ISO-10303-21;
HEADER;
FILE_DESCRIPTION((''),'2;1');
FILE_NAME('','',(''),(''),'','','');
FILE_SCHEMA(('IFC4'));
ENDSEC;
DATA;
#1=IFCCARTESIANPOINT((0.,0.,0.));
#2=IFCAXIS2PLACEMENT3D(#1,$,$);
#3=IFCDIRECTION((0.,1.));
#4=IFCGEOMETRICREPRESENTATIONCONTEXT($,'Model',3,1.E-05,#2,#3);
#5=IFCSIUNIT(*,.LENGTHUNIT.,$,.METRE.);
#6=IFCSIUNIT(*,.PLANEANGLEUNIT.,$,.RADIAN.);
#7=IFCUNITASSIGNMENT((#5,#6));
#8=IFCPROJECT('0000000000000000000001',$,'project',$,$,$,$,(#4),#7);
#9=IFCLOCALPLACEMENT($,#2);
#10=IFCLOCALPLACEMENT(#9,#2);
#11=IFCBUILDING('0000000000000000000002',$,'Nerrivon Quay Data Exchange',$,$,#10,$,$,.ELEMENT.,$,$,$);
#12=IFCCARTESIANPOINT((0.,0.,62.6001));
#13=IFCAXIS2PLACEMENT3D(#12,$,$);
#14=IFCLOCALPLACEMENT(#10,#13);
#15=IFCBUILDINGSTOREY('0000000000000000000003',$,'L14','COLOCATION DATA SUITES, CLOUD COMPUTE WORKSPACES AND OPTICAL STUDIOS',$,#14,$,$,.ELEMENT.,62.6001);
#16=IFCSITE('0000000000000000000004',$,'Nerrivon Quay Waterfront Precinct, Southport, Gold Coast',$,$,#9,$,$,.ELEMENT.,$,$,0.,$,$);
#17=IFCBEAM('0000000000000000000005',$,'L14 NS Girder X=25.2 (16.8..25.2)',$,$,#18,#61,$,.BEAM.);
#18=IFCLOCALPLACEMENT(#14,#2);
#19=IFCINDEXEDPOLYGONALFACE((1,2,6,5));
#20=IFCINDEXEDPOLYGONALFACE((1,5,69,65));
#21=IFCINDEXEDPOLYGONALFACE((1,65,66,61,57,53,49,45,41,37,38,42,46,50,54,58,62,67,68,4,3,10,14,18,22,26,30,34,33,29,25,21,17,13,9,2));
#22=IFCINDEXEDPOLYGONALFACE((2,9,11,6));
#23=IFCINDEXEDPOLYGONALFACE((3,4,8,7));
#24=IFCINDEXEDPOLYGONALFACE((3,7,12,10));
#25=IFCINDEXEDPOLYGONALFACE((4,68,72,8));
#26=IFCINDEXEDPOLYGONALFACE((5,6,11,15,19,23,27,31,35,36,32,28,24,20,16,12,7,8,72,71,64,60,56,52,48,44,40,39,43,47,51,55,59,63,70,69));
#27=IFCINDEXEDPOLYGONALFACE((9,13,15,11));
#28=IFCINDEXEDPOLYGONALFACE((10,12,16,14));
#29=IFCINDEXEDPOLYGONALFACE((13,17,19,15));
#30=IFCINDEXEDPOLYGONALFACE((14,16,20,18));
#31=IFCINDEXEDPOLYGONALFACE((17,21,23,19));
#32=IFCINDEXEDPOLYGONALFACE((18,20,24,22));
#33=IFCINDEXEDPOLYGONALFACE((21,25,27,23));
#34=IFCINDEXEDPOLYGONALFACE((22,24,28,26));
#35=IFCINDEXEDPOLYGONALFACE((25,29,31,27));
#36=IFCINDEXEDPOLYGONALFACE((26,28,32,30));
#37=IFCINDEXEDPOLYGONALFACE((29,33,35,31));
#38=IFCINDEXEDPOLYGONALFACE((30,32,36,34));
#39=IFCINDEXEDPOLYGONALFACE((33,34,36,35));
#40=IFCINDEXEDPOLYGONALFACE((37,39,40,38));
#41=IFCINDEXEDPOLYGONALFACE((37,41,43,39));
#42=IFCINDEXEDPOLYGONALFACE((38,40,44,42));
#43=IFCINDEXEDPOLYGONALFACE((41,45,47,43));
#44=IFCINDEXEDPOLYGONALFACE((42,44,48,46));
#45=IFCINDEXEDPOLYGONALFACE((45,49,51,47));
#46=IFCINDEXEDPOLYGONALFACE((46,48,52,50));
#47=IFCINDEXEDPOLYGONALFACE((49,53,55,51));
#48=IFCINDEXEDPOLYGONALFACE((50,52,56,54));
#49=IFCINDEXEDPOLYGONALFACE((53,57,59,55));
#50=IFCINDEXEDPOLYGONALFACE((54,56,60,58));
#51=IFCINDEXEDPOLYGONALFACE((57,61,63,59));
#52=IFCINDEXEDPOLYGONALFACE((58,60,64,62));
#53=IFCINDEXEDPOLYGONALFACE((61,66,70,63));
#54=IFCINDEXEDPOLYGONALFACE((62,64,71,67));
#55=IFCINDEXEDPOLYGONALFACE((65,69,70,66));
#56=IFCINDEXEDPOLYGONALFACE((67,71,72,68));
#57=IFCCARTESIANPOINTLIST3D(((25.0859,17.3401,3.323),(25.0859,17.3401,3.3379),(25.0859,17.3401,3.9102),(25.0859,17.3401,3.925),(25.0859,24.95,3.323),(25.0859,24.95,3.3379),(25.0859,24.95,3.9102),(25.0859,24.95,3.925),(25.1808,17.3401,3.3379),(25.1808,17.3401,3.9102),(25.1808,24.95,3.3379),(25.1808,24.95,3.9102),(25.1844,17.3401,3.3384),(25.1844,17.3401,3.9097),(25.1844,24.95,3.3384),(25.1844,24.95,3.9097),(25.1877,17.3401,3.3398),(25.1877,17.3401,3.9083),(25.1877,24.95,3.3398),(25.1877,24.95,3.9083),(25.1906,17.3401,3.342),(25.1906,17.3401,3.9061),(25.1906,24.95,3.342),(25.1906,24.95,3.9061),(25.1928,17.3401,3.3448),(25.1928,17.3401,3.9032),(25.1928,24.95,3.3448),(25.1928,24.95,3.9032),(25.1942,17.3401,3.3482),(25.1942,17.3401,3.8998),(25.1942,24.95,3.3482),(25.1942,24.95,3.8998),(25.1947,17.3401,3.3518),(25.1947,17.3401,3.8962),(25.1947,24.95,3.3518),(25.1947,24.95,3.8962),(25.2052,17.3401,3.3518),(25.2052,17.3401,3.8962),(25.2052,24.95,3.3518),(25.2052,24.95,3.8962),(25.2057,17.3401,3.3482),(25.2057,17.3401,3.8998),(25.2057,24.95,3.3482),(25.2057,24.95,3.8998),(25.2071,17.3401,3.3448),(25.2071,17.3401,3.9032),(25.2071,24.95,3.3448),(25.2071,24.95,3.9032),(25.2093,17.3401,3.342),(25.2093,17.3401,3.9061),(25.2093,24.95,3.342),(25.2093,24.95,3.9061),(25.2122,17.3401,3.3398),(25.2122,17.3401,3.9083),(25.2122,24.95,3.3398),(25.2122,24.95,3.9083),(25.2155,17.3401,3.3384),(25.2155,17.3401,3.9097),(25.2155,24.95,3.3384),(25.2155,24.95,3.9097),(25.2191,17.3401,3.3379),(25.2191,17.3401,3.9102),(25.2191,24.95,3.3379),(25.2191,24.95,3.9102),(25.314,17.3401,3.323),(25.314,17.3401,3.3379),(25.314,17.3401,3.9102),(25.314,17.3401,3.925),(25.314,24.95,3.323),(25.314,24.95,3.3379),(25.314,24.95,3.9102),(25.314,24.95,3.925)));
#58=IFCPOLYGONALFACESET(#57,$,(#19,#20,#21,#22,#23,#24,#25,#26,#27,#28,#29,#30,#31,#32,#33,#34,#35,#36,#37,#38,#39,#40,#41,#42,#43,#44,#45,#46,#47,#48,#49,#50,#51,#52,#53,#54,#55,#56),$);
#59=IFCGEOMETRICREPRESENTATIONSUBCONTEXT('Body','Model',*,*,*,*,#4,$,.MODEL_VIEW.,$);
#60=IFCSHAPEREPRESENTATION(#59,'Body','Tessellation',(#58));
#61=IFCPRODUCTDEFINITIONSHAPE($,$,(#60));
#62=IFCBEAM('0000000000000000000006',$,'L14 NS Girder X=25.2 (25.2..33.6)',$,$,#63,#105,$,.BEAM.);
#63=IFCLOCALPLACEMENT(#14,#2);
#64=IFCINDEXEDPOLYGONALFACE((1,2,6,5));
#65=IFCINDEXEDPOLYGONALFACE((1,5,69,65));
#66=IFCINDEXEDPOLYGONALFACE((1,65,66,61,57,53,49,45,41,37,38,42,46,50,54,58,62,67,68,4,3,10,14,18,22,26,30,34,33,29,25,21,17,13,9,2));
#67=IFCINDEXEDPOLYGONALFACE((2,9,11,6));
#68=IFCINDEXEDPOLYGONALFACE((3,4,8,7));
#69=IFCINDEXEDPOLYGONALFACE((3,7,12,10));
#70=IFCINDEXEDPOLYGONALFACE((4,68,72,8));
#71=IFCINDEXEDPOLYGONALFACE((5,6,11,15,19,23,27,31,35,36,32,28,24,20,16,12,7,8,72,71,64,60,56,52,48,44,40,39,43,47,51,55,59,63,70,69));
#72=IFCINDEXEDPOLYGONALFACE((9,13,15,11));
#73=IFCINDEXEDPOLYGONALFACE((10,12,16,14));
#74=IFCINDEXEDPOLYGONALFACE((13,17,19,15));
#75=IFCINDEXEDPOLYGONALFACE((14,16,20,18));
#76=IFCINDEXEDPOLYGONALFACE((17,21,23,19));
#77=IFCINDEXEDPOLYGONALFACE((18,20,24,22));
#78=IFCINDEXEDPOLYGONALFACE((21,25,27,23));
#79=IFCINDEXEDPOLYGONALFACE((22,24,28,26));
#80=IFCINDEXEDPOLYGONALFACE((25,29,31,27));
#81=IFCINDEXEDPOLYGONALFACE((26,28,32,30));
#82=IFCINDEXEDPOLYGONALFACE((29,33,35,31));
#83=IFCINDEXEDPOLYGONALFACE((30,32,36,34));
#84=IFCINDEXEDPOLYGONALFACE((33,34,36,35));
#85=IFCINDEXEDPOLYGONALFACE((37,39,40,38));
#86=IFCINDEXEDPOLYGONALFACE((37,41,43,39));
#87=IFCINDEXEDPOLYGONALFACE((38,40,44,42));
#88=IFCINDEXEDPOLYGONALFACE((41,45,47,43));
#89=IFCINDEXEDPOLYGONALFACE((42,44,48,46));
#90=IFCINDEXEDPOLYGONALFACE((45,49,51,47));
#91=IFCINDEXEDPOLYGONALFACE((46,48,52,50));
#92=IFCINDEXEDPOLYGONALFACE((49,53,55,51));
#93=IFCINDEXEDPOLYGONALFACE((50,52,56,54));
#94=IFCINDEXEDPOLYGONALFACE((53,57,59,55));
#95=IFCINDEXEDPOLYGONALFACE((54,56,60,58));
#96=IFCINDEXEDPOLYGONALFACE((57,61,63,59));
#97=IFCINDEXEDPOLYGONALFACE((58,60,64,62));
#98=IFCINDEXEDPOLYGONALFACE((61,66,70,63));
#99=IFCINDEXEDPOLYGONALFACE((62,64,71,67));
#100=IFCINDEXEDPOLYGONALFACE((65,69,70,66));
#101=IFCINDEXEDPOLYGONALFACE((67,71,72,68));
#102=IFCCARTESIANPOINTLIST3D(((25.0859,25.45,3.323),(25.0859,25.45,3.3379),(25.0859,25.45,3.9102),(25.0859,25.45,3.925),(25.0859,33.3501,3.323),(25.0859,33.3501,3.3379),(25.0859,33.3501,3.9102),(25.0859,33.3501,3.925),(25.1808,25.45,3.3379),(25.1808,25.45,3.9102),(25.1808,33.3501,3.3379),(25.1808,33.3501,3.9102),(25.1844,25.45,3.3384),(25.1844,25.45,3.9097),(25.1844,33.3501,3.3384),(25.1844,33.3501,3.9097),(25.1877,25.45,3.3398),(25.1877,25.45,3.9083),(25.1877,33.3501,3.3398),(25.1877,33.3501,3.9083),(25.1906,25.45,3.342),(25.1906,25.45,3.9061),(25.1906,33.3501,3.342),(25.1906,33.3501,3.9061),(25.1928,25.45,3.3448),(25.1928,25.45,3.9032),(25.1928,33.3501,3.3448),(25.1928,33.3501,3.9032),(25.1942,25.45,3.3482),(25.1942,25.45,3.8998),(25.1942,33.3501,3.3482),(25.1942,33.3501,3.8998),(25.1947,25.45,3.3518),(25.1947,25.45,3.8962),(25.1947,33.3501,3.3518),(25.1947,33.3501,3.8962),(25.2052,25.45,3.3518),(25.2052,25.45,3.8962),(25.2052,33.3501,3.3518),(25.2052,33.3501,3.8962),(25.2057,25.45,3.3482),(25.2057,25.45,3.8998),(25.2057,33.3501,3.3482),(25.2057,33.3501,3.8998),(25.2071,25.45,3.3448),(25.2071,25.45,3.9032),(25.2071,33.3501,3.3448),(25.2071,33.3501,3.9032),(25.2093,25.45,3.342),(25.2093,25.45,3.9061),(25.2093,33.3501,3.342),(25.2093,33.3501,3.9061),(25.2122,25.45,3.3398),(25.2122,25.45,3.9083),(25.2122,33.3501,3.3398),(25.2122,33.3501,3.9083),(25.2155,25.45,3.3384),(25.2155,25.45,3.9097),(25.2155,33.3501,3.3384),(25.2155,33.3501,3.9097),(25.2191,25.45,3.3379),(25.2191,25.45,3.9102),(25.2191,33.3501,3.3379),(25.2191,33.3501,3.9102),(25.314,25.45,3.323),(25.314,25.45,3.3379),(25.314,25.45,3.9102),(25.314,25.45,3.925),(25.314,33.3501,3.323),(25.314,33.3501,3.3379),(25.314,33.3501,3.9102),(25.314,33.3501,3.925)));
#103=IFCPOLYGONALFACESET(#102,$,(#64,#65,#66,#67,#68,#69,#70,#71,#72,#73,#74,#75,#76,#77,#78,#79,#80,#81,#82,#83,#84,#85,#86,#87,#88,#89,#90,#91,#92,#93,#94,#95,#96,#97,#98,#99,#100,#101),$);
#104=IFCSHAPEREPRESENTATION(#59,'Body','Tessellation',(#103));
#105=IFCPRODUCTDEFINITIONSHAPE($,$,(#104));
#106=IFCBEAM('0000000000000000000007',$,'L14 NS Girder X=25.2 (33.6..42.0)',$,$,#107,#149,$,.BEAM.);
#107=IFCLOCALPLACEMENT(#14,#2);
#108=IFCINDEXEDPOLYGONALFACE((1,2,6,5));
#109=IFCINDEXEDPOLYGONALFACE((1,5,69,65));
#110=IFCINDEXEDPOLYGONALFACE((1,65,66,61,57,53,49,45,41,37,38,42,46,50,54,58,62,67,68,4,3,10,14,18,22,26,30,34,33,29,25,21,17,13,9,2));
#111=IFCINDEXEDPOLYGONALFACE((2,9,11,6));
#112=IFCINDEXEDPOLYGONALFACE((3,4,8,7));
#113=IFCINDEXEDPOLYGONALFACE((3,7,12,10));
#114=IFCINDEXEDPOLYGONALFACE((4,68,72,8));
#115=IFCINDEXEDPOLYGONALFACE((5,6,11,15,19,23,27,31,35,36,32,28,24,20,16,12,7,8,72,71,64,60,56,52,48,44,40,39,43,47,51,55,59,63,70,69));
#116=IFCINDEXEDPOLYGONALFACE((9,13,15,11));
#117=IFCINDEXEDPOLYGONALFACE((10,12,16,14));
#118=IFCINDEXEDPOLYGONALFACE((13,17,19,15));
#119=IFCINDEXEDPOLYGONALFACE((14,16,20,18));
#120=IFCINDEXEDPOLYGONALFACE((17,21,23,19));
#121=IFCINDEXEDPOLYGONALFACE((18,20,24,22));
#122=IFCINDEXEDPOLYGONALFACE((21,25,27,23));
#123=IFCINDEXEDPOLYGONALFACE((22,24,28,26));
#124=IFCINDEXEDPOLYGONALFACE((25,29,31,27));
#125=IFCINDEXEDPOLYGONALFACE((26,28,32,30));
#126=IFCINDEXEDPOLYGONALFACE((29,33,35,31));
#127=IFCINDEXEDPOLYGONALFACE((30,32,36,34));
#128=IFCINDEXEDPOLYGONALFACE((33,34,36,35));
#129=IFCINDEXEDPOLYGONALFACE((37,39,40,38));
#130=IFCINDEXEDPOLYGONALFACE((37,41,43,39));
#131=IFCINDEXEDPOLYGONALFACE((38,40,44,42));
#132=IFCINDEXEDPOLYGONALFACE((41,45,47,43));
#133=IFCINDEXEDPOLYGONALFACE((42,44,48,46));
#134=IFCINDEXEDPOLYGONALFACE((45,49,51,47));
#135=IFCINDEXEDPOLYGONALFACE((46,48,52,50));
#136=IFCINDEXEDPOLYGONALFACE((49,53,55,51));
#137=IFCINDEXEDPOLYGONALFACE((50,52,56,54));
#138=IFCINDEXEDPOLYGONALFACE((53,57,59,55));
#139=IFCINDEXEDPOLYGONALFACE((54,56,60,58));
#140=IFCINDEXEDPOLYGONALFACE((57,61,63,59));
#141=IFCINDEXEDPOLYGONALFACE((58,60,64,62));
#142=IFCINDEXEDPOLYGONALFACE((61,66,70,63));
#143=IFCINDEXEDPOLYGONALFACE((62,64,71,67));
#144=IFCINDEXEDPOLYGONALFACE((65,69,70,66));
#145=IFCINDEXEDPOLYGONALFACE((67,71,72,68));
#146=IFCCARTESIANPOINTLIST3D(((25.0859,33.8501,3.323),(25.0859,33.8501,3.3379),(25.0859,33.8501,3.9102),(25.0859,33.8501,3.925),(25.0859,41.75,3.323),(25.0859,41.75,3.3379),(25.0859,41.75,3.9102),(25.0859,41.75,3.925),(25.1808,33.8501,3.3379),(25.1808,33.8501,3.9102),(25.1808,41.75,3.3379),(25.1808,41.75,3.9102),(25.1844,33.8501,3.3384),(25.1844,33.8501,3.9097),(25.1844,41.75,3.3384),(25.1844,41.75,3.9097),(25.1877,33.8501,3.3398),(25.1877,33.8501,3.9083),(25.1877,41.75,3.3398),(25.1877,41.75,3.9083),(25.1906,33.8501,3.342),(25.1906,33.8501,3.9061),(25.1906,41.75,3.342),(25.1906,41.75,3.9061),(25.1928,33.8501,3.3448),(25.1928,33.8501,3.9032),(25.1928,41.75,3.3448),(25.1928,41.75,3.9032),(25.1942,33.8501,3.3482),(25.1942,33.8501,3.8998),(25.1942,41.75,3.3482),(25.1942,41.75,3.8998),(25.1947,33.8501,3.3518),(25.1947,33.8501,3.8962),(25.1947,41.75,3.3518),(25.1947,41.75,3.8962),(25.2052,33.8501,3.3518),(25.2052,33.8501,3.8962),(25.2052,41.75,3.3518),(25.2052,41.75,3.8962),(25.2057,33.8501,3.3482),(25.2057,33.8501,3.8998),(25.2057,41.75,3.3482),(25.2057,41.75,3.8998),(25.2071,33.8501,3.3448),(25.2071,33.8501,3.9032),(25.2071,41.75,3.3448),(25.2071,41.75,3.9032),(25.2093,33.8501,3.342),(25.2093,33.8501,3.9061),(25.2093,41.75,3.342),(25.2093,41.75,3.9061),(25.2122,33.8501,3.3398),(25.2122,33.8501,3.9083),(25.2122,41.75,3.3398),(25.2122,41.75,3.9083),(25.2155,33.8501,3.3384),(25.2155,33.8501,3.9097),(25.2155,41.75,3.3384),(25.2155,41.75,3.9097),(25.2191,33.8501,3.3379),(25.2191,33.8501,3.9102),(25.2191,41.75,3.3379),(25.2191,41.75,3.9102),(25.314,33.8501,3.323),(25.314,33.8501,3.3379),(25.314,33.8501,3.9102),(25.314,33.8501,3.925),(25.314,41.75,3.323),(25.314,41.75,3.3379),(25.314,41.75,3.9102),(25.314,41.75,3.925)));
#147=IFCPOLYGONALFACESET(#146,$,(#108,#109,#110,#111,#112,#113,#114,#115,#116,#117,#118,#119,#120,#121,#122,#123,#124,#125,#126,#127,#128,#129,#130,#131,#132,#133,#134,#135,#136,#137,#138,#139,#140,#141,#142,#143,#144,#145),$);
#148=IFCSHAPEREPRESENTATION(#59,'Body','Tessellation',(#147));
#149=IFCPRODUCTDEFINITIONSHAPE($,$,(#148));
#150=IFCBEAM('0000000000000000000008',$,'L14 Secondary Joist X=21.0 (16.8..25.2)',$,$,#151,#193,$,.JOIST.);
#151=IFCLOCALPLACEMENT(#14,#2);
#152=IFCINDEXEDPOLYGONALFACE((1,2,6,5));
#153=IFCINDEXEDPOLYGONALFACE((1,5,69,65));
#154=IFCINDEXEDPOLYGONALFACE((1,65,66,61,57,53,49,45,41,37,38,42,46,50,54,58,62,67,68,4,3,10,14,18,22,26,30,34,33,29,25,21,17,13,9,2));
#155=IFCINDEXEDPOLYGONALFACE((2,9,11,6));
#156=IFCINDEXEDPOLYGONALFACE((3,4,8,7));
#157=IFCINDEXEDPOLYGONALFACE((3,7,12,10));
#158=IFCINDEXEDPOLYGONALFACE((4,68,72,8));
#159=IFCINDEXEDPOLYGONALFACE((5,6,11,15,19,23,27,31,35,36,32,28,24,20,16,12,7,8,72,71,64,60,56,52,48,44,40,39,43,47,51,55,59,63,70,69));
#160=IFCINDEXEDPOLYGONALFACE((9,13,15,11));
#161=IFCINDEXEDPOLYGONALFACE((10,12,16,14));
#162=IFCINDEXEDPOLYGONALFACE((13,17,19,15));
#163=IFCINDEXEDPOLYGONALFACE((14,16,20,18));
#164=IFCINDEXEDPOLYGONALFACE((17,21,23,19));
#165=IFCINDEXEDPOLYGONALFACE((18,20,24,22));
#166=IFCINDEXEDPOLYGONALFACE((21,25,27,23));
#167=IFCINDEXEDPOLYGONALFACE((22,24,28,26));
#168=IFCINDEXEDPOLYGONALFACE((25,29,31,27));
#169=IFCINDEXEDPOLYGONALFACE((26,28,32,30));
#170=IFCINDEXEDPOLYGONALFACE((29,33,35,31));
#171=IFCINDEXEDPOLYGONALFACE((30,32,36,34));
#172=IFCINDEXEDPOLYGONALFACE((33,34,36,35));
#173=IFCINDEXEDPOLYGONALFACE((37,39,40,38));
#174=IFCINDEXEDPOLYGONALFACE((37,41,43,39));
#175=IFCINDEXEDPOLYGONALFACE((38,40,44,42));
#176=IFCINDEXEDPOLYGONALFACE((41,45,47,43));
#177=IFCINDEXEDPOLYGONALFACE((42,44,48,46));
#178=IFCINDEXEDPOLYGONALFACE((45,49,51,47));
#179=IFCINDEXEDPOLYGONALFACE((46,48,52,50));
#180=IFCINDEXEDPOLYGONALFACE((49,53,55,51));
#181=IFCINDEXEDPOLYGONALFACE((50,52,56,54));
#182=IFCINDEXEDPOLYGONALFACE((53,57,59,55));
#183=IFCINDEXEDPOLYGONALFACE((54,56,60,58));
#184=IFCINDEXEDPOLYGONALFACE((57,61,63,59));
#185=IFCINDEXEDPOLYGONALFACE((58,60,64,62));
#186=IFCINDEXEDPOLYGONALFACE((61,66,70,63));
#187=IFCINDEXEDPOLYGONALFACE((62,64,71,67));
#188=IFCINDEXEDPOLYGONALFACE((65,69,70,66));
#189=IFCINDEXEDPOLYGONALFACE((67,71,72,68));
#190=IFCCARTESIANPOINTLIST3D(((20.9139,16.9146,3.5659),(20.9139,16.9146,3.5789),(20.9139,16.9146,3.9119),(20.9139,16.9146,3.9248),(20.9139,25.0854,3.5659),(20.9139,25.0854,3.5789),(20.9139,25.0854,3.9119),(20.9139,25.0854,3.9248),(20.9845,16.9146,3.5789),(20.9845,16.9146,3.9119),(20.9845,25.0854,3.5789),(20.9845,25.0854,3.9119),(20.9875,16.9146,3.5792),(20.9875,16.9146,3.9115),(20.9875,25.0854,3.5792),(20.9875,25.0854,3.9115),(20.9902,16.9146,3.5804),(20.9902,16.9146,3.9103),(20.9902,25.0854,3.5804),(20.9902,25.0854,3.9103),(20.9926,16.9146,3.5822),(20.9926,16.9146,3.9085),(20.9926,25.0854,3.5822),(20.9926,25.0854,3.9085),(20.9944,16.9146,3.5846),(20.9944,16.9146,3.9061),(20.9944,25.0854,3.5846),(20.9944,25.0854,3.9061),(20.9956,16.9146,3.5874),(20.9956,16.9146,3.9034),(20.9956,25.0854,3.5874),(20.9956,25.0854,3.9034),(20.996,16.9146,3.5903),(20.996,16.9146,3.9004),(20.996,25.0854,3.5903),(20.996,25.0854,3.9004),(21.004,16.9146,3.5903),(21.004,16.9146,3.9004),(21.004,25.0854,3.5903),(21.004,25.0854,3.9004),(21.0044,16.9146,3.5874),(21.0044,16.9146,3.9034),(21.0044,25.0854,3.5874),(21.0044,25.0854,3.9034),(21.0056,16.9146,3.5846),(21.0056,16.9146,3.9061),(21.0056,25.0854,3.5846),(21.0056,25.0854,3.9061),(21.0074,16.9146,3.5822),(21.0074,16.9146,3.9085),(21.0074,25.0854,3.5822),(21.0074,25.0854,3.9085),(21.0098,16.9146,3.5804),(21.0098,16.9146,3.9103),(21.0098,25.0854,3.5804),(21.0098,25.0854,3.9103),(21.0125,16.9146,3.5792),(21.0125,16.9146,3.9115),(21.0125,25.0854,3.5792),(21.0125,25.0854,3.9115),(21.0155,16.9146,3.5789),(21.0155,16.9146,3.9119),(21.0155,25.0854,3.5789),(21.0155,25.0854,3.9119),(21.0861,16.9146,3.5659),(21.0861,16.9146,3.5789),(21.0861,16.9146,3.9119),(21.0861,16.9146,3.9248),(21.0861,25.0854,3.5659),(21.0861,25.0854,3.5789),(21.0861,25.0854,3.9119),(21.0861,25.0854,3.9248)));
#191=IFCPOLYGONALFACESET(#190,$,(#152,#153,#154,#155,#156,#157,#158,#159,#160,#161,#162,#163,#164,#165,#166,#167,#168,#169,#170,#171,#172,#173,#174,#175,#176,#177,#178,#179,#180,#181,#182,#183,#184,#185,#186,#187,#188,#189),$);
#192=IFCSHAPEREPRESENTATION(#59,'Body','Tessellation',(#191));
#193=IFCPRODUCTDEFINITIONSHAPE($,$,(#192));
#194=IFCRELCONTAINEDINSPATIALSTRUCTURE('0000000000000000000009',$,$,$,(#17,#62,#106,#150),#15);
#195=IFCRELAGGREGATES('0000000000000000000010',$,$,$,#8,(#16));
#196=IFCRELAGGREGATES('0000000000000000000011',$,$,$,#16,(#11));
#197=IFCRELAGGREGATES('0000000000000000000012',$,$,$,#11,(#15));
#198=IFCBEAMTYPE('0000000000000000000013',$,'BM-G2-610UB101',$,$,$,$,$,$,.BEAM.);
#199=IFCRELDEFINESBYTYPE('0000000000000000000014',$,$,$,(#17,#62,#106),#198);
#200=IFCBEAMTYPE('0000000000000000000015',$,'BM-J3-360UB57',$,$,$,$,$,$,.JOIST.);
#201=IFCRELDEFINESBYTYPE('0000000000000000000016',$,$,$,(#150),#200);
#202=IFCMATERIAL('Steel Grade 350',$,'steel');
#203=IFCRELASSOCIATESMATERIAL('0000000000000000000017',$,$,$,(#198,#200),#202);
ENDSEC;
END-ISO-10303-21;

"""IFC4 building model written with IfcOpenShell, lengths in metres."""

from ifc_helpers import new_model, si_unit, direction, frame, origin, origin_2d, place, context, subcontext, project, spatial, i_section, extrude, material, material_profile, profile_set, type_object, element, save


model = new_model("IFC4")

# Units and contexts
model_context = context("Model", 3, precision=1e-05, world=origin(), true_north=direction((0.0, 1.0)))
body_context = subcontext(model_context, "Body", "Model", "MODEL_VIEW")
ifc_project = project(units=[si_unit("LENGTHUNIT", "METRE"), si_unit("PLANEANGLEUNIT", "RADIAN")], contexts=[model_context])

# Site, building, storey
site_placement = place(None, origin())
site = spatial("IfcSite", under=ifc_project, at=site_placement, Name="Nerrivon Quay Waterfront Precinct, Southport, Gold Coast", CompositionType="ELEMENT", RefElevation=0.0)
building_placement = place(site_placement, origin())
building = spatial("IfcBuilding", under=site, at=building_placement, Name="Nerrivon Quay Data Exchange", CompositionType="ELEMENT")
storey_placement = place(building_placement, frame((0.0, 0.0, 62.6001)))
storey = spatial("IfcBuildingStorey", under=building, at=storey_placement, Name="L14", Description="COLOCATION DATA SUITES, CLOUD COMPUTE WORKSPACES AND OPTICAL STUDIOS", CompositionType="ELEMENT", Elevation=62.6001)

# Shared definitions
ifc_material_1 = material(Name="Steel Grade 350", Category="steel")

# Beams
ifc_material_profile_1 = material_profile(ifc_material_1, i_section(OverallWidth=0.228, OverallDepth=0.6021, WebThickness=0.0105, FlangeThickness=0.0149, FilletRadius=0.0139, at=origin_2d()), Name="610UB101")
ifc_profile_set_1 = profile_set([ifc_material_profile_1], Name="Steel Grade 350")
beam_type_1 = type_object("IfcBeamType", Name="BM-G2-610UB101", PredefinedType="BEAM", material=ifc_profile_set_1)
beam_1_placement = place(storey_placement, frame((25.2, 17.3401, 3.624), z_axis=(0.0, 1.0, 0.0), x_axis=(-1.0, 0.0, 0.0)))
element("IfcBeam", 1, at=beam_1_placement, inside=storey, type_object=beam_type_1, Name="L14 NS Girder X=25.2 (16.8..25.2)", PredefinedType="BEAM", context=body_context, shape_type="SweptSolid", body=[
    extrude(i_section(OverallWidth=0.228, OverallDepth=0.6021, WebThickness=0.0105, FlangeThickness=0.0149, FilletRadius=0.0139, at=origin_2d()), origin(), (0.0, 0.0, 1.0), 7.6099),
])
beam_2_placement = place(storey_placement, frame((25.2, 25.45, 3.624), z_axis=(0.0, 1.0, 0.0), x_axis=(-1.0, 0.0, 0.0)))
element("IfcBeam", 2, at=beam_2_placement, inside=storey, type_object=beam_type_1, Name="L14 NS Girder X=25.2 (25.2..33.6)", PredefinedType="BEAM", context=body_context, shape_type="SweptSolid", body=[
    extrude(i_section(OverallWidth=0.228, OverallDepth=0.6021, WebThickness=0.0105, FlangeThickness=0.0149, FilletRadius=0.0139, at=origin_2d()), origin(), (0.0, 0.0, 1.0), 7.9001),
])
beam_3_placement = place(storey_placement, frame((25.2, 33.8501, 3.624), z_axis=(0.0, 1.0, 0.0), x_axis=(-1.0, 0.0, 0.0)))
element("IfcBeam", 3, at=beam_3_placement, inside=storey, type_object=beam_type_1, Name="L14 NS Girder X=25.2 (33.6..42.0)", PredefinedType="BEAM", context=body_context, shape_type="SweptSolid", body=[
    extrude(i_section(OverallWidth=0.228, OverallDepth=0.6021, WebThickness=0.0105, FlangeThickness=0.0149, FilletRadius=0.0139, at=origin_2d()), origin(), (0.0, 0.0, 1.0), 7.8999),
])
ifc_material_profile_2 = material_profile(ifc_material_1, i_section(OverallWidth=0.1721, OverallDepth=0.3589, WebThickness=0.0081, FlangeThickness=0.0129, FilletRadius=0.0115, at=origin_2d()), Name="360UB56.7")
ifc_profile_set_2 = profile_set([ifc_material_profile_2], Name="Steel Grade 350")
beam_type_2 = type_object("IfcBeamType", Name="BM-J3-360UB57", PredefinedType="JOIST", material=ifc_profile_set_2)
beam_4_placement = place(storey_placement, frame((21.0, 16.9146, 3.7454), z_axis=(0.0, 1.0, 0.0), x_axis=(-1.0, 0.0, 0.0)))
element("IfcBeam", 4, at=beam_4_placement, inside=storey, type_object=beam_type_2, Name="L14 Secondary Joist X=21.0 (16.8..25.2)", PredefinedType="JOIST", context=body_context, shape_type="SweptSolid", body=[
    extrude(i_section(OverallWidth=0.1721, OverallDepth=0.3589, WebThickness=0.0081, FlangeThickness=0.0129, FilletRadius=0.0115, at=origin_2d()), origin(), (0.0, 0.0, 1.0), 8.1709),
])

save(model, "model.ifc")
